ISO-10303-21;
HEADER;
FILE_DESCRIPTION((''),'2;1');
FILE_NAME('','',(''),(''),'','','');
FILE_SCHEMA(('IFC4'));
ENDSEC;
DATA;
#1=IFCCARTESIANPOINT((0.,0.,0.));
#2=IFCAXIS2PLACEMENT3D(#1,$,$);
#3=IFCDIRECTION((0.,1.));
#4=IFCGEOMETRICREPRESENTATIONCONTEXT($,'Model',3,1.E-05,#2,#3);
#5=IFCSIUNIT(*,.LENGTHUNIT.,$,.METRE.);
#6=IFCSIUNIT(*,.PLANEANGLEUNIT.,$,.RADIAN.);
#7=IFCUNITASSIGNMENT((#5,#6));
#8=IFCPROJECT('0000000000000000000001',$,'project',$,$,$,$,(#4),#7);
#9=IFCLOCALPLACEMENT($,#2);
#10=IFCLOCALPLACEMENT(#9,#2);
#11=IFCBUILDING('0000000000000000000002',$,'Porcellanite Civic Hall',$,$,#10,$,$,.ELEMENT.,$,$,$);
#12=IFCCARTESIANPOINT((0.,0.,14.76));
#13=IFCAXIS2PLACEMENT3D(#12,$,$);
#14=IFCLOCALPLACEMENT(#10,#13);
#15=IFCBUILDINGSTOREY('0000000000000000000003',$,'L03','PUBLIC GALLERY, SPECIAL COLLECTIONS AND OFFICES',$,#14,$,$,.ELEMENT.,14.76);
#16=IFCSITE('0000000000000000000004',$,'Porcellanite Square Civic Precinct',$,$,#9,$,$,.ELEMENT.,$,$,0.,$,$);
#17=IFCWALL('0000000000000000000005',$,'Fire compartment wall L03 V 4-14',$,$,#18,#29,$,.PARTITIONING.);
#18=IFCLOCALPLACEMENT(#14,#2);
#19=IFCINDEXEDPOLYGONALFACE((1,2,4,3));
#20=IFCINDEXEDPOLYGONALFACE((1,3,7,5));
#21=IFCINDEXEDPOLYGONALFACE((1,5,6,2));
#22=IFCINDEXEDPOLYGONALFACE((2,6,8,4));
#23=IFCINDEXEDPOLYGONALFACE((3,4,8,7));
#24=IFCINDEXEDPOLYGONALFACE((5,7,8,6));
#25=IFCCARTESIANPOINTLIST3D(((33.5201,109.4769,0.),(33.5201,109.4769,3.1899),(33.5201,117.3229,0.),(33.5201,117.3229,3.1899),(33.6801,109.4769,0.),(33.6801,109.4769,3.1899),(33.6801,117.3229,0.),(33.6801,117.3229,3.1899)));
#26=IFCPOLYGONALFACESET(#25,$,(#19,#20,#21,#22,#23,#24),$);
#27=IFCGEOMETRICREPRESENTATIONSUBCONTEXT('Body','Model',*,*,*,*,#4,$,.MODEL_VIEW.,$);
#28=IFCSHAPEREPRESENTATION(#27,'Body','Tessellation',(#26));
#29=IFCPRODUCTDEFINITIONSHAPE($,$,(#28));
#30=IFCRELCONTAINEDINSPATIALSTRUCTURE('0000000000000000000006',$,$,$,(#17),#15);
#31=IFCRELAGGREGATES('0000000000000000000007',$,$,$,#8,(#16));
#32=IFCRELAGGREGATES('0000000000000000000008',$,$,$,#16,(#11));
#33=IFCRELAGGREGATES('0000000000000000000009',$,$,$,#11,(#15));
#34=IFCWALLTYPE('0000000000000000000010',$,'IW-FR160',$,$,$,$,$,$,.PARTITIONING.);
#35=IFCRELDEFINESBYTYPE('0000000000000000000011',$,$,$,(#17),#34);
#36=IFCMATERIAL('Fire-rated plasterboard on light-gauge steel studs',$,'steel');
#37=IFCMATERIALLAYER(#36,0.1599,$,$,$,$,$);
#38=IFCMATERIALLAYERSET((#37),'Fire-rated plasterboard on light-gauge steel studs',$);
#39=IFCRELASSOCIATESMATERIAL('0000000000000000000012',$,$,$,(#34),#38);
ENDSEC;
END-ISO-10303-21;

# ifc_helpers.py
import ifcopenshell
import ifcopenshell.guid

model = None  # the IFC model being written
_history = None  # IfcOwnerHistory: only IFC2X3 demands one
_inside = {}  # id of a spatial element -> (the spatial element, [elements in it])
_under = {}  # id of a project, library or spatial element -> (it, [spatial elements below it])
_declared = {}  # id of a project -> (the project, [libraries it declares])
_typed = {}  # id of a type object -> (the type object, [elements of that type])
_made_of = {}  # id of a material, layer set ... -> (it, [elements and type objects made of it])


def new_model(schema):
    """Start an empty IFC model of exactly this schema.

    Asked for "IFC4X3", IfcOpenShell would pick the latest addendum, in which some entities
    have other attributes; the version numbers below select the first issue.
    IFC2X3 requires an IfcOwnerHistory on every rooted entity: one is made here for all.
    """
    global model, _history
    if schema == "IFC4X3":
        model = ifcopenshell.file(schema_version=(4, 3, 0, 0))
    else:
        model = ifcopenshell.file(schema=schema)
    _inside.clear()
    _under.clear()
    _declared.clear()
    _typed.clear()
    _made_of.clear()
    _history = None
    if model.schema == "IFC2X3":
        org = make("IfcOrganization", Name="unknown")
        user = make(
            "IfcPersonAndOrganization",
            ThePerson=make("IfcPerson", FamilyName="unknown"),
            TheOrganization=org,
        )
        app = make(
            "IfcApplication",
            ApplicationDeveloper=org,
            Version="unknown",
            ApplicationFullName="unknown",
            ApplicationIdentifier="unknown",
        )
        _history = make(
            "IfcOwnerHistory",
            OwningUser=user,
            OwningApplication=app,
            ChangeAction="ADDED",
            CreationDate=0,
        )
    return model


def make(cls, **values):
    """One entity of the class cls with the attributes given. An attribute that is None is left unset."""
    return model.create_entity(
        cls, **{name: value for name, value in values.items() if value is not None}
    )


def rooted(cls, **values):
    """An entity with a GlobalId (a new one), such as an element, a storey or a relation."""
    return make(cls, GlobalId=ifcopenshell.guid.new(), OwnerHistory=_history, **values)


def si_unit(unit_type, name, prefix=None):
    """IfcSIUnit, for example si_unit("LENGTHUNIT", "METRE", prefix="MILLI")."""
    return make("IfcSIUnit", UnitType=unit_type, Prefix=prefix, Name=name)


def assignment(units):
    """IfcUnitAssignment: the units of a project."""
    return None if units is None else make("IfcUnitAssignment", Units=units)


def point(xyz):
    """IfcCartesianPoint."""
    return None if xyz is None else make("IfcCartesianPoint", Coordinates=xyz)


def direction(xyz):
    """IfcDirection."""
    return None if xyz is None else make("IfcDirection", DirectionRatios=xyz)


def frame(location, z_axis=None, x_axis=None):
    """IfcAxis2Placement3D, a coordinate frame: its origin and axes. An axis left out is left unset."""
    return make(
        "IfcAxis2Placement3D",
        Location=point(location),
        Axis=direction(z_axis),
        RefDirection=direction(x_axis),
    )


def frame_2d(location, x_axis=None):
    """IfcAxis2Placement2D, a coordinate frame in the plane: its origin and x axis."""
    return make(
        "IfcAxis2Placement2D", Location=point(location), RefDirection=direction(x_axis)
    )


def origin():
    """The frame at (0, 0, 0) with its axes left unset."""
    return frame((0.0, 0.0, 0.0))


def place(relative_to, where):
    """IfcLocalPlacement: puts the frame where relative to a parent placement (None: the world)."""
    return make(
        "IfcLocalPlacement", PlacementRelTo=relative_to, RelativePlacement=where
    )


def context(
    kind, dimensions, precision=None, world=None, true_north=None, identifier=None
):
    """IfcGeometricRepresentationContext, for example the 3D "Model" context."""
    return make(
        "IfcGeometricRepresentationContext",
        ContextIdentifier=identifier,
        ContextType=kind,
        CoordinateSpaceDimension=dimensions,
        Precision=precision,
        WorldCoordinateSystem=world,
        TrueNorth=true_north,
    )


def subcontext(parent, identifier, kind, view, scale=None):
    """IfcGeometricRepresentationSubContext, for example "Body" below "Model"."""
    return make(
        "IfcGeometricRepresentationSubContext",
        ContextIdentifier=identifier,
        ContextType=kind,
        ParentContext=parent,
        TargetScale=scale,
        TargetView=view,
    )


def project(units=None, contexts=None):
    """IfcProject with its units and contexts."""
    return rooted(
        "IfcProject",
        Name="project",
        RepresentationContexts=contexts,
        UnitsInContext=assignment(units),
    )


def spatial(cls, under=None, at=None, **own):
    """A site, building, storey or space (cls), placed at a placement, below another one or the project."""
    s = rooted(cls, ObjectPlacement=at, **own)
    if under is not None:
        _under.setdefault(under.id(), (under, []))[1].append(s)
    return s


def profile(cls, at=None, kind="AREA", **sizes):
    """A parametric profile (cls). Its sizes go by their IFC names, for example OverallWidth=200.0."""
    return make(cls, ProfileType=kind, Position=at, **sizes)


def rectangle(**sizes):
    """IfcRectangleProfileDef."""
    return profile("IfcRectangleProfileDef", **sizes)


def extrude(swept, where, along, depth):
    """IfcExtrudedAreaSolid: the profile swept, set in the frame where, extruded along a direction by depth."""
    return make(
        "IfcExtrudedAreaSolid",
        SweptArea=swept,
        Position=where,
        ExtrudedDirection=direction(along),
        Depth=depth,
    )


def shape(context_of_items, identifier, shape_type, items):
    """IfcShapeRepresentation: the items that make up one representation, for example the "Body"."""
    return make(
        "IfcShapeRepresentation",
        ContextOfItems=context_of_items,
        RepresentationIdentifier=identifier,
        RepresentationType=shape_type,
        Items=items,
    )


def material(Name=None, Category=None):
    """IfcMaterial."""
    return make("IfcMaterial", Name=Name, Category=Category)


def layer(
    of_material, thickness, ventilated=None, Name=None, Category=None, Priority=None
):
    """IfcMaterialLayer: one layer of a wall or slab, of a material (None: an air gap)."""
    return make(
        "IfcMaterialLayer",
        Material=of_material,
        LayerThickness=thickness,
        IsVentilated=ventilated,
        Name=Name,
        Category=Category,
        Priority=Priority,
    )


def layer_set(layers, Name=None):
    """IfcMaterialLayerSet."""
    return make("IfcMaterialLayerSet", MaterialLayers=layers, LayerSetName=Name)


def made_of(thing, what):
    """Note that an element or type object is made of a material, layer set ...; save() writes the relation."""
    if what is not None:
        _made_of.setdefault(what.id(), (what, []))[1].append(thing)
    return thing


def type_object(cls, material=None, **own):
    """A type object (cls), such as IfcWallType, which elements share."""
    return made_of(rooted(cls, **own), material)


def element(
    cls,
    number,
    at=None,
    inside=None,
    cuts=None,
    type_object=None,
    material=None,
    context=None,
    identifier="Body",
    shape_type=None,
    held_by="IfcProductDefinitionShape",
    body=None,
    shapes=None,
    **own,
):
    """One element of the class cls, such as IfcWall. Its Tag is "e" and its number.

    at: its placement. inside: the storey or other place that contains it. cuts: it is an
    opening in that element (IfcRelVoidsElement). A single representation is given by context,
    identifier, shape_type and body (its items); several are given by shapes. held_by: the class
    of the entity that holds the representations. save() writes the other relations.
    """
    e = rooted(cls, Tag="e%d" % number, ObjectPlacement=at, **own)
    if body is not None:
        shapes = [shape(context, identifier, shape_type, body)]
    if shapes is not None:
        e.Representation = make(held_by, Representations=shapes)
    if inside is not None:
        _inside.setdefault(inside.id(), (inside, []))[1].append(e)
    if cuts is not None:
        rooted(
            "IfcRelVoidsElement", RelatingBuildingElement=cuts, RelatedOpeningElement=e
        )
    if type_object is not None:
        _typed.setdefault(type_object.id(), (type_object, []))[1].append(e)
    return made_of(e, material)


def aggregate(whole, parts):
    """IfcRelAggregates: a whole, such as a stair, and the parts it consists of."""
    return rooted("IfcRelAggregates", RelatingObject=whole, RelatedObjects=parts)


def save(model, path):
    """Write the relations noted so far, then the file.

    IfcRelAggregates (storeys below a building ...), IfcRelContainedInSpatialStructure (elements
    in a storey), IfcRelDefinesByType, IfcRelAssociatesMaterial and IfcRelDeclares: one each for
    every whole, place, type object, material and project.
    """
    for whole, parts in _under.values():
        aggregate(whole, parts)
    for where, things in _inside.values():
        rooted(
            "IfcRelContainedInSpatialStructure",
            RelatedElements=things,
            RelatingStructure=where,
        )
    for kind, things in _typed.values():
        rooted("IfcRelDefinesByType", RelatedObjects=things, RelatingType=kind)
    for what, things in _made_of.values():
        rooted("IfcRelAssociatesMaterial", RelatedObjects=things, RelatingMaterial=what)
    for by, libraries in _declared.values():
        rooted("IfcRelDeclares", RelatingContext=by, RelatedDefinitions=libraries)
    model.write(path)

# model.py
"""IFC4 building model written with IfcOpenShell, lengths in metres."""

from ifc_helpers import new_model, si_unit, direction, frame, frame_2d, origin, place, context, subcontext, project, spatial, rectangle, extrude, material, layer, layer_set, type_object, element, save


model = new_model("IFC4")

# Units and contexts
model_context = context("Model", 3, precision=1e-05, world=origin(), true_north=direction((0.0, 1.0)))
body_context = subcontext(model_context, "Body", "Model", "MODEL_VIEW")
ifc_project = project(units=[si_unit("LENGTHUNIT", "METRE"), si_unit("PLANEANGLEUNIT", "RADIAN")], contexts=[model_context])

# Site, building, storey
site_placement = place(None, origin())
site = spatial("IfcSite", under=ifc_project, at=site_placement, Name="Porcellanite Square Civic Precinct", CompositionType="ELEMENT", RefElevation=0.0)
building_placement = place(site_placement, origin())
building = spatial("IfcBuilding", under=site, at=building_placement, Name="Porcellanite Civic Hall", CompositionType="ELEMENT")
storey_placement = place(building_placement, frame((0.0, 0.0, 14.76)))
storey = spatial("IfcBuildingStorey", under=building, at=storey_placement, Name="L03", Description="PUBLIC GALLERY, SPECIAL COLLECTIONS AND OFFICES", CompositionType="ELEMENT", Elevation=14.76)

# Wall
ifc_material_1 = material(Name="Fire-rated plasterboard on light-gauge steel studs", Category="steel")
ifc_layer_1 = layer(ifc_material_1, 0.1599)
ifc_layer_set_1 = layer_set([ifc_layer_1], Name="Fire-rated plasterboard on light-gauge steel studs")
wall_type_1 = type_object("IfcWallType", Name="IW-FR160", PredefinedType="PARTITIONING", material=ifc_layer_set_1)
wall_1_placement = place(storey_placement, frame((33.6001, 109.4771, 0.0), z_axis=(0.0, 0.0, 1.0), x_axis=(0.0, 1.0, 0.0)))
element("IfcWall", 1, at=wall_1_placement, inside=storey, type_object=wall_type_1, Name="Fire compartment wall L03 V 4-14", PredefinedType="PARTITIONING", context=body_context, shape_type="SweptSolid", body=[
    extrude(rectangle(XDim=7.8459, YDim=0.1599, at=frame_2d((3.9229, 0.0))), origin(), (0.0, 0.0, 1.0), 3.1899),
])

save(model, "model.ifc")
